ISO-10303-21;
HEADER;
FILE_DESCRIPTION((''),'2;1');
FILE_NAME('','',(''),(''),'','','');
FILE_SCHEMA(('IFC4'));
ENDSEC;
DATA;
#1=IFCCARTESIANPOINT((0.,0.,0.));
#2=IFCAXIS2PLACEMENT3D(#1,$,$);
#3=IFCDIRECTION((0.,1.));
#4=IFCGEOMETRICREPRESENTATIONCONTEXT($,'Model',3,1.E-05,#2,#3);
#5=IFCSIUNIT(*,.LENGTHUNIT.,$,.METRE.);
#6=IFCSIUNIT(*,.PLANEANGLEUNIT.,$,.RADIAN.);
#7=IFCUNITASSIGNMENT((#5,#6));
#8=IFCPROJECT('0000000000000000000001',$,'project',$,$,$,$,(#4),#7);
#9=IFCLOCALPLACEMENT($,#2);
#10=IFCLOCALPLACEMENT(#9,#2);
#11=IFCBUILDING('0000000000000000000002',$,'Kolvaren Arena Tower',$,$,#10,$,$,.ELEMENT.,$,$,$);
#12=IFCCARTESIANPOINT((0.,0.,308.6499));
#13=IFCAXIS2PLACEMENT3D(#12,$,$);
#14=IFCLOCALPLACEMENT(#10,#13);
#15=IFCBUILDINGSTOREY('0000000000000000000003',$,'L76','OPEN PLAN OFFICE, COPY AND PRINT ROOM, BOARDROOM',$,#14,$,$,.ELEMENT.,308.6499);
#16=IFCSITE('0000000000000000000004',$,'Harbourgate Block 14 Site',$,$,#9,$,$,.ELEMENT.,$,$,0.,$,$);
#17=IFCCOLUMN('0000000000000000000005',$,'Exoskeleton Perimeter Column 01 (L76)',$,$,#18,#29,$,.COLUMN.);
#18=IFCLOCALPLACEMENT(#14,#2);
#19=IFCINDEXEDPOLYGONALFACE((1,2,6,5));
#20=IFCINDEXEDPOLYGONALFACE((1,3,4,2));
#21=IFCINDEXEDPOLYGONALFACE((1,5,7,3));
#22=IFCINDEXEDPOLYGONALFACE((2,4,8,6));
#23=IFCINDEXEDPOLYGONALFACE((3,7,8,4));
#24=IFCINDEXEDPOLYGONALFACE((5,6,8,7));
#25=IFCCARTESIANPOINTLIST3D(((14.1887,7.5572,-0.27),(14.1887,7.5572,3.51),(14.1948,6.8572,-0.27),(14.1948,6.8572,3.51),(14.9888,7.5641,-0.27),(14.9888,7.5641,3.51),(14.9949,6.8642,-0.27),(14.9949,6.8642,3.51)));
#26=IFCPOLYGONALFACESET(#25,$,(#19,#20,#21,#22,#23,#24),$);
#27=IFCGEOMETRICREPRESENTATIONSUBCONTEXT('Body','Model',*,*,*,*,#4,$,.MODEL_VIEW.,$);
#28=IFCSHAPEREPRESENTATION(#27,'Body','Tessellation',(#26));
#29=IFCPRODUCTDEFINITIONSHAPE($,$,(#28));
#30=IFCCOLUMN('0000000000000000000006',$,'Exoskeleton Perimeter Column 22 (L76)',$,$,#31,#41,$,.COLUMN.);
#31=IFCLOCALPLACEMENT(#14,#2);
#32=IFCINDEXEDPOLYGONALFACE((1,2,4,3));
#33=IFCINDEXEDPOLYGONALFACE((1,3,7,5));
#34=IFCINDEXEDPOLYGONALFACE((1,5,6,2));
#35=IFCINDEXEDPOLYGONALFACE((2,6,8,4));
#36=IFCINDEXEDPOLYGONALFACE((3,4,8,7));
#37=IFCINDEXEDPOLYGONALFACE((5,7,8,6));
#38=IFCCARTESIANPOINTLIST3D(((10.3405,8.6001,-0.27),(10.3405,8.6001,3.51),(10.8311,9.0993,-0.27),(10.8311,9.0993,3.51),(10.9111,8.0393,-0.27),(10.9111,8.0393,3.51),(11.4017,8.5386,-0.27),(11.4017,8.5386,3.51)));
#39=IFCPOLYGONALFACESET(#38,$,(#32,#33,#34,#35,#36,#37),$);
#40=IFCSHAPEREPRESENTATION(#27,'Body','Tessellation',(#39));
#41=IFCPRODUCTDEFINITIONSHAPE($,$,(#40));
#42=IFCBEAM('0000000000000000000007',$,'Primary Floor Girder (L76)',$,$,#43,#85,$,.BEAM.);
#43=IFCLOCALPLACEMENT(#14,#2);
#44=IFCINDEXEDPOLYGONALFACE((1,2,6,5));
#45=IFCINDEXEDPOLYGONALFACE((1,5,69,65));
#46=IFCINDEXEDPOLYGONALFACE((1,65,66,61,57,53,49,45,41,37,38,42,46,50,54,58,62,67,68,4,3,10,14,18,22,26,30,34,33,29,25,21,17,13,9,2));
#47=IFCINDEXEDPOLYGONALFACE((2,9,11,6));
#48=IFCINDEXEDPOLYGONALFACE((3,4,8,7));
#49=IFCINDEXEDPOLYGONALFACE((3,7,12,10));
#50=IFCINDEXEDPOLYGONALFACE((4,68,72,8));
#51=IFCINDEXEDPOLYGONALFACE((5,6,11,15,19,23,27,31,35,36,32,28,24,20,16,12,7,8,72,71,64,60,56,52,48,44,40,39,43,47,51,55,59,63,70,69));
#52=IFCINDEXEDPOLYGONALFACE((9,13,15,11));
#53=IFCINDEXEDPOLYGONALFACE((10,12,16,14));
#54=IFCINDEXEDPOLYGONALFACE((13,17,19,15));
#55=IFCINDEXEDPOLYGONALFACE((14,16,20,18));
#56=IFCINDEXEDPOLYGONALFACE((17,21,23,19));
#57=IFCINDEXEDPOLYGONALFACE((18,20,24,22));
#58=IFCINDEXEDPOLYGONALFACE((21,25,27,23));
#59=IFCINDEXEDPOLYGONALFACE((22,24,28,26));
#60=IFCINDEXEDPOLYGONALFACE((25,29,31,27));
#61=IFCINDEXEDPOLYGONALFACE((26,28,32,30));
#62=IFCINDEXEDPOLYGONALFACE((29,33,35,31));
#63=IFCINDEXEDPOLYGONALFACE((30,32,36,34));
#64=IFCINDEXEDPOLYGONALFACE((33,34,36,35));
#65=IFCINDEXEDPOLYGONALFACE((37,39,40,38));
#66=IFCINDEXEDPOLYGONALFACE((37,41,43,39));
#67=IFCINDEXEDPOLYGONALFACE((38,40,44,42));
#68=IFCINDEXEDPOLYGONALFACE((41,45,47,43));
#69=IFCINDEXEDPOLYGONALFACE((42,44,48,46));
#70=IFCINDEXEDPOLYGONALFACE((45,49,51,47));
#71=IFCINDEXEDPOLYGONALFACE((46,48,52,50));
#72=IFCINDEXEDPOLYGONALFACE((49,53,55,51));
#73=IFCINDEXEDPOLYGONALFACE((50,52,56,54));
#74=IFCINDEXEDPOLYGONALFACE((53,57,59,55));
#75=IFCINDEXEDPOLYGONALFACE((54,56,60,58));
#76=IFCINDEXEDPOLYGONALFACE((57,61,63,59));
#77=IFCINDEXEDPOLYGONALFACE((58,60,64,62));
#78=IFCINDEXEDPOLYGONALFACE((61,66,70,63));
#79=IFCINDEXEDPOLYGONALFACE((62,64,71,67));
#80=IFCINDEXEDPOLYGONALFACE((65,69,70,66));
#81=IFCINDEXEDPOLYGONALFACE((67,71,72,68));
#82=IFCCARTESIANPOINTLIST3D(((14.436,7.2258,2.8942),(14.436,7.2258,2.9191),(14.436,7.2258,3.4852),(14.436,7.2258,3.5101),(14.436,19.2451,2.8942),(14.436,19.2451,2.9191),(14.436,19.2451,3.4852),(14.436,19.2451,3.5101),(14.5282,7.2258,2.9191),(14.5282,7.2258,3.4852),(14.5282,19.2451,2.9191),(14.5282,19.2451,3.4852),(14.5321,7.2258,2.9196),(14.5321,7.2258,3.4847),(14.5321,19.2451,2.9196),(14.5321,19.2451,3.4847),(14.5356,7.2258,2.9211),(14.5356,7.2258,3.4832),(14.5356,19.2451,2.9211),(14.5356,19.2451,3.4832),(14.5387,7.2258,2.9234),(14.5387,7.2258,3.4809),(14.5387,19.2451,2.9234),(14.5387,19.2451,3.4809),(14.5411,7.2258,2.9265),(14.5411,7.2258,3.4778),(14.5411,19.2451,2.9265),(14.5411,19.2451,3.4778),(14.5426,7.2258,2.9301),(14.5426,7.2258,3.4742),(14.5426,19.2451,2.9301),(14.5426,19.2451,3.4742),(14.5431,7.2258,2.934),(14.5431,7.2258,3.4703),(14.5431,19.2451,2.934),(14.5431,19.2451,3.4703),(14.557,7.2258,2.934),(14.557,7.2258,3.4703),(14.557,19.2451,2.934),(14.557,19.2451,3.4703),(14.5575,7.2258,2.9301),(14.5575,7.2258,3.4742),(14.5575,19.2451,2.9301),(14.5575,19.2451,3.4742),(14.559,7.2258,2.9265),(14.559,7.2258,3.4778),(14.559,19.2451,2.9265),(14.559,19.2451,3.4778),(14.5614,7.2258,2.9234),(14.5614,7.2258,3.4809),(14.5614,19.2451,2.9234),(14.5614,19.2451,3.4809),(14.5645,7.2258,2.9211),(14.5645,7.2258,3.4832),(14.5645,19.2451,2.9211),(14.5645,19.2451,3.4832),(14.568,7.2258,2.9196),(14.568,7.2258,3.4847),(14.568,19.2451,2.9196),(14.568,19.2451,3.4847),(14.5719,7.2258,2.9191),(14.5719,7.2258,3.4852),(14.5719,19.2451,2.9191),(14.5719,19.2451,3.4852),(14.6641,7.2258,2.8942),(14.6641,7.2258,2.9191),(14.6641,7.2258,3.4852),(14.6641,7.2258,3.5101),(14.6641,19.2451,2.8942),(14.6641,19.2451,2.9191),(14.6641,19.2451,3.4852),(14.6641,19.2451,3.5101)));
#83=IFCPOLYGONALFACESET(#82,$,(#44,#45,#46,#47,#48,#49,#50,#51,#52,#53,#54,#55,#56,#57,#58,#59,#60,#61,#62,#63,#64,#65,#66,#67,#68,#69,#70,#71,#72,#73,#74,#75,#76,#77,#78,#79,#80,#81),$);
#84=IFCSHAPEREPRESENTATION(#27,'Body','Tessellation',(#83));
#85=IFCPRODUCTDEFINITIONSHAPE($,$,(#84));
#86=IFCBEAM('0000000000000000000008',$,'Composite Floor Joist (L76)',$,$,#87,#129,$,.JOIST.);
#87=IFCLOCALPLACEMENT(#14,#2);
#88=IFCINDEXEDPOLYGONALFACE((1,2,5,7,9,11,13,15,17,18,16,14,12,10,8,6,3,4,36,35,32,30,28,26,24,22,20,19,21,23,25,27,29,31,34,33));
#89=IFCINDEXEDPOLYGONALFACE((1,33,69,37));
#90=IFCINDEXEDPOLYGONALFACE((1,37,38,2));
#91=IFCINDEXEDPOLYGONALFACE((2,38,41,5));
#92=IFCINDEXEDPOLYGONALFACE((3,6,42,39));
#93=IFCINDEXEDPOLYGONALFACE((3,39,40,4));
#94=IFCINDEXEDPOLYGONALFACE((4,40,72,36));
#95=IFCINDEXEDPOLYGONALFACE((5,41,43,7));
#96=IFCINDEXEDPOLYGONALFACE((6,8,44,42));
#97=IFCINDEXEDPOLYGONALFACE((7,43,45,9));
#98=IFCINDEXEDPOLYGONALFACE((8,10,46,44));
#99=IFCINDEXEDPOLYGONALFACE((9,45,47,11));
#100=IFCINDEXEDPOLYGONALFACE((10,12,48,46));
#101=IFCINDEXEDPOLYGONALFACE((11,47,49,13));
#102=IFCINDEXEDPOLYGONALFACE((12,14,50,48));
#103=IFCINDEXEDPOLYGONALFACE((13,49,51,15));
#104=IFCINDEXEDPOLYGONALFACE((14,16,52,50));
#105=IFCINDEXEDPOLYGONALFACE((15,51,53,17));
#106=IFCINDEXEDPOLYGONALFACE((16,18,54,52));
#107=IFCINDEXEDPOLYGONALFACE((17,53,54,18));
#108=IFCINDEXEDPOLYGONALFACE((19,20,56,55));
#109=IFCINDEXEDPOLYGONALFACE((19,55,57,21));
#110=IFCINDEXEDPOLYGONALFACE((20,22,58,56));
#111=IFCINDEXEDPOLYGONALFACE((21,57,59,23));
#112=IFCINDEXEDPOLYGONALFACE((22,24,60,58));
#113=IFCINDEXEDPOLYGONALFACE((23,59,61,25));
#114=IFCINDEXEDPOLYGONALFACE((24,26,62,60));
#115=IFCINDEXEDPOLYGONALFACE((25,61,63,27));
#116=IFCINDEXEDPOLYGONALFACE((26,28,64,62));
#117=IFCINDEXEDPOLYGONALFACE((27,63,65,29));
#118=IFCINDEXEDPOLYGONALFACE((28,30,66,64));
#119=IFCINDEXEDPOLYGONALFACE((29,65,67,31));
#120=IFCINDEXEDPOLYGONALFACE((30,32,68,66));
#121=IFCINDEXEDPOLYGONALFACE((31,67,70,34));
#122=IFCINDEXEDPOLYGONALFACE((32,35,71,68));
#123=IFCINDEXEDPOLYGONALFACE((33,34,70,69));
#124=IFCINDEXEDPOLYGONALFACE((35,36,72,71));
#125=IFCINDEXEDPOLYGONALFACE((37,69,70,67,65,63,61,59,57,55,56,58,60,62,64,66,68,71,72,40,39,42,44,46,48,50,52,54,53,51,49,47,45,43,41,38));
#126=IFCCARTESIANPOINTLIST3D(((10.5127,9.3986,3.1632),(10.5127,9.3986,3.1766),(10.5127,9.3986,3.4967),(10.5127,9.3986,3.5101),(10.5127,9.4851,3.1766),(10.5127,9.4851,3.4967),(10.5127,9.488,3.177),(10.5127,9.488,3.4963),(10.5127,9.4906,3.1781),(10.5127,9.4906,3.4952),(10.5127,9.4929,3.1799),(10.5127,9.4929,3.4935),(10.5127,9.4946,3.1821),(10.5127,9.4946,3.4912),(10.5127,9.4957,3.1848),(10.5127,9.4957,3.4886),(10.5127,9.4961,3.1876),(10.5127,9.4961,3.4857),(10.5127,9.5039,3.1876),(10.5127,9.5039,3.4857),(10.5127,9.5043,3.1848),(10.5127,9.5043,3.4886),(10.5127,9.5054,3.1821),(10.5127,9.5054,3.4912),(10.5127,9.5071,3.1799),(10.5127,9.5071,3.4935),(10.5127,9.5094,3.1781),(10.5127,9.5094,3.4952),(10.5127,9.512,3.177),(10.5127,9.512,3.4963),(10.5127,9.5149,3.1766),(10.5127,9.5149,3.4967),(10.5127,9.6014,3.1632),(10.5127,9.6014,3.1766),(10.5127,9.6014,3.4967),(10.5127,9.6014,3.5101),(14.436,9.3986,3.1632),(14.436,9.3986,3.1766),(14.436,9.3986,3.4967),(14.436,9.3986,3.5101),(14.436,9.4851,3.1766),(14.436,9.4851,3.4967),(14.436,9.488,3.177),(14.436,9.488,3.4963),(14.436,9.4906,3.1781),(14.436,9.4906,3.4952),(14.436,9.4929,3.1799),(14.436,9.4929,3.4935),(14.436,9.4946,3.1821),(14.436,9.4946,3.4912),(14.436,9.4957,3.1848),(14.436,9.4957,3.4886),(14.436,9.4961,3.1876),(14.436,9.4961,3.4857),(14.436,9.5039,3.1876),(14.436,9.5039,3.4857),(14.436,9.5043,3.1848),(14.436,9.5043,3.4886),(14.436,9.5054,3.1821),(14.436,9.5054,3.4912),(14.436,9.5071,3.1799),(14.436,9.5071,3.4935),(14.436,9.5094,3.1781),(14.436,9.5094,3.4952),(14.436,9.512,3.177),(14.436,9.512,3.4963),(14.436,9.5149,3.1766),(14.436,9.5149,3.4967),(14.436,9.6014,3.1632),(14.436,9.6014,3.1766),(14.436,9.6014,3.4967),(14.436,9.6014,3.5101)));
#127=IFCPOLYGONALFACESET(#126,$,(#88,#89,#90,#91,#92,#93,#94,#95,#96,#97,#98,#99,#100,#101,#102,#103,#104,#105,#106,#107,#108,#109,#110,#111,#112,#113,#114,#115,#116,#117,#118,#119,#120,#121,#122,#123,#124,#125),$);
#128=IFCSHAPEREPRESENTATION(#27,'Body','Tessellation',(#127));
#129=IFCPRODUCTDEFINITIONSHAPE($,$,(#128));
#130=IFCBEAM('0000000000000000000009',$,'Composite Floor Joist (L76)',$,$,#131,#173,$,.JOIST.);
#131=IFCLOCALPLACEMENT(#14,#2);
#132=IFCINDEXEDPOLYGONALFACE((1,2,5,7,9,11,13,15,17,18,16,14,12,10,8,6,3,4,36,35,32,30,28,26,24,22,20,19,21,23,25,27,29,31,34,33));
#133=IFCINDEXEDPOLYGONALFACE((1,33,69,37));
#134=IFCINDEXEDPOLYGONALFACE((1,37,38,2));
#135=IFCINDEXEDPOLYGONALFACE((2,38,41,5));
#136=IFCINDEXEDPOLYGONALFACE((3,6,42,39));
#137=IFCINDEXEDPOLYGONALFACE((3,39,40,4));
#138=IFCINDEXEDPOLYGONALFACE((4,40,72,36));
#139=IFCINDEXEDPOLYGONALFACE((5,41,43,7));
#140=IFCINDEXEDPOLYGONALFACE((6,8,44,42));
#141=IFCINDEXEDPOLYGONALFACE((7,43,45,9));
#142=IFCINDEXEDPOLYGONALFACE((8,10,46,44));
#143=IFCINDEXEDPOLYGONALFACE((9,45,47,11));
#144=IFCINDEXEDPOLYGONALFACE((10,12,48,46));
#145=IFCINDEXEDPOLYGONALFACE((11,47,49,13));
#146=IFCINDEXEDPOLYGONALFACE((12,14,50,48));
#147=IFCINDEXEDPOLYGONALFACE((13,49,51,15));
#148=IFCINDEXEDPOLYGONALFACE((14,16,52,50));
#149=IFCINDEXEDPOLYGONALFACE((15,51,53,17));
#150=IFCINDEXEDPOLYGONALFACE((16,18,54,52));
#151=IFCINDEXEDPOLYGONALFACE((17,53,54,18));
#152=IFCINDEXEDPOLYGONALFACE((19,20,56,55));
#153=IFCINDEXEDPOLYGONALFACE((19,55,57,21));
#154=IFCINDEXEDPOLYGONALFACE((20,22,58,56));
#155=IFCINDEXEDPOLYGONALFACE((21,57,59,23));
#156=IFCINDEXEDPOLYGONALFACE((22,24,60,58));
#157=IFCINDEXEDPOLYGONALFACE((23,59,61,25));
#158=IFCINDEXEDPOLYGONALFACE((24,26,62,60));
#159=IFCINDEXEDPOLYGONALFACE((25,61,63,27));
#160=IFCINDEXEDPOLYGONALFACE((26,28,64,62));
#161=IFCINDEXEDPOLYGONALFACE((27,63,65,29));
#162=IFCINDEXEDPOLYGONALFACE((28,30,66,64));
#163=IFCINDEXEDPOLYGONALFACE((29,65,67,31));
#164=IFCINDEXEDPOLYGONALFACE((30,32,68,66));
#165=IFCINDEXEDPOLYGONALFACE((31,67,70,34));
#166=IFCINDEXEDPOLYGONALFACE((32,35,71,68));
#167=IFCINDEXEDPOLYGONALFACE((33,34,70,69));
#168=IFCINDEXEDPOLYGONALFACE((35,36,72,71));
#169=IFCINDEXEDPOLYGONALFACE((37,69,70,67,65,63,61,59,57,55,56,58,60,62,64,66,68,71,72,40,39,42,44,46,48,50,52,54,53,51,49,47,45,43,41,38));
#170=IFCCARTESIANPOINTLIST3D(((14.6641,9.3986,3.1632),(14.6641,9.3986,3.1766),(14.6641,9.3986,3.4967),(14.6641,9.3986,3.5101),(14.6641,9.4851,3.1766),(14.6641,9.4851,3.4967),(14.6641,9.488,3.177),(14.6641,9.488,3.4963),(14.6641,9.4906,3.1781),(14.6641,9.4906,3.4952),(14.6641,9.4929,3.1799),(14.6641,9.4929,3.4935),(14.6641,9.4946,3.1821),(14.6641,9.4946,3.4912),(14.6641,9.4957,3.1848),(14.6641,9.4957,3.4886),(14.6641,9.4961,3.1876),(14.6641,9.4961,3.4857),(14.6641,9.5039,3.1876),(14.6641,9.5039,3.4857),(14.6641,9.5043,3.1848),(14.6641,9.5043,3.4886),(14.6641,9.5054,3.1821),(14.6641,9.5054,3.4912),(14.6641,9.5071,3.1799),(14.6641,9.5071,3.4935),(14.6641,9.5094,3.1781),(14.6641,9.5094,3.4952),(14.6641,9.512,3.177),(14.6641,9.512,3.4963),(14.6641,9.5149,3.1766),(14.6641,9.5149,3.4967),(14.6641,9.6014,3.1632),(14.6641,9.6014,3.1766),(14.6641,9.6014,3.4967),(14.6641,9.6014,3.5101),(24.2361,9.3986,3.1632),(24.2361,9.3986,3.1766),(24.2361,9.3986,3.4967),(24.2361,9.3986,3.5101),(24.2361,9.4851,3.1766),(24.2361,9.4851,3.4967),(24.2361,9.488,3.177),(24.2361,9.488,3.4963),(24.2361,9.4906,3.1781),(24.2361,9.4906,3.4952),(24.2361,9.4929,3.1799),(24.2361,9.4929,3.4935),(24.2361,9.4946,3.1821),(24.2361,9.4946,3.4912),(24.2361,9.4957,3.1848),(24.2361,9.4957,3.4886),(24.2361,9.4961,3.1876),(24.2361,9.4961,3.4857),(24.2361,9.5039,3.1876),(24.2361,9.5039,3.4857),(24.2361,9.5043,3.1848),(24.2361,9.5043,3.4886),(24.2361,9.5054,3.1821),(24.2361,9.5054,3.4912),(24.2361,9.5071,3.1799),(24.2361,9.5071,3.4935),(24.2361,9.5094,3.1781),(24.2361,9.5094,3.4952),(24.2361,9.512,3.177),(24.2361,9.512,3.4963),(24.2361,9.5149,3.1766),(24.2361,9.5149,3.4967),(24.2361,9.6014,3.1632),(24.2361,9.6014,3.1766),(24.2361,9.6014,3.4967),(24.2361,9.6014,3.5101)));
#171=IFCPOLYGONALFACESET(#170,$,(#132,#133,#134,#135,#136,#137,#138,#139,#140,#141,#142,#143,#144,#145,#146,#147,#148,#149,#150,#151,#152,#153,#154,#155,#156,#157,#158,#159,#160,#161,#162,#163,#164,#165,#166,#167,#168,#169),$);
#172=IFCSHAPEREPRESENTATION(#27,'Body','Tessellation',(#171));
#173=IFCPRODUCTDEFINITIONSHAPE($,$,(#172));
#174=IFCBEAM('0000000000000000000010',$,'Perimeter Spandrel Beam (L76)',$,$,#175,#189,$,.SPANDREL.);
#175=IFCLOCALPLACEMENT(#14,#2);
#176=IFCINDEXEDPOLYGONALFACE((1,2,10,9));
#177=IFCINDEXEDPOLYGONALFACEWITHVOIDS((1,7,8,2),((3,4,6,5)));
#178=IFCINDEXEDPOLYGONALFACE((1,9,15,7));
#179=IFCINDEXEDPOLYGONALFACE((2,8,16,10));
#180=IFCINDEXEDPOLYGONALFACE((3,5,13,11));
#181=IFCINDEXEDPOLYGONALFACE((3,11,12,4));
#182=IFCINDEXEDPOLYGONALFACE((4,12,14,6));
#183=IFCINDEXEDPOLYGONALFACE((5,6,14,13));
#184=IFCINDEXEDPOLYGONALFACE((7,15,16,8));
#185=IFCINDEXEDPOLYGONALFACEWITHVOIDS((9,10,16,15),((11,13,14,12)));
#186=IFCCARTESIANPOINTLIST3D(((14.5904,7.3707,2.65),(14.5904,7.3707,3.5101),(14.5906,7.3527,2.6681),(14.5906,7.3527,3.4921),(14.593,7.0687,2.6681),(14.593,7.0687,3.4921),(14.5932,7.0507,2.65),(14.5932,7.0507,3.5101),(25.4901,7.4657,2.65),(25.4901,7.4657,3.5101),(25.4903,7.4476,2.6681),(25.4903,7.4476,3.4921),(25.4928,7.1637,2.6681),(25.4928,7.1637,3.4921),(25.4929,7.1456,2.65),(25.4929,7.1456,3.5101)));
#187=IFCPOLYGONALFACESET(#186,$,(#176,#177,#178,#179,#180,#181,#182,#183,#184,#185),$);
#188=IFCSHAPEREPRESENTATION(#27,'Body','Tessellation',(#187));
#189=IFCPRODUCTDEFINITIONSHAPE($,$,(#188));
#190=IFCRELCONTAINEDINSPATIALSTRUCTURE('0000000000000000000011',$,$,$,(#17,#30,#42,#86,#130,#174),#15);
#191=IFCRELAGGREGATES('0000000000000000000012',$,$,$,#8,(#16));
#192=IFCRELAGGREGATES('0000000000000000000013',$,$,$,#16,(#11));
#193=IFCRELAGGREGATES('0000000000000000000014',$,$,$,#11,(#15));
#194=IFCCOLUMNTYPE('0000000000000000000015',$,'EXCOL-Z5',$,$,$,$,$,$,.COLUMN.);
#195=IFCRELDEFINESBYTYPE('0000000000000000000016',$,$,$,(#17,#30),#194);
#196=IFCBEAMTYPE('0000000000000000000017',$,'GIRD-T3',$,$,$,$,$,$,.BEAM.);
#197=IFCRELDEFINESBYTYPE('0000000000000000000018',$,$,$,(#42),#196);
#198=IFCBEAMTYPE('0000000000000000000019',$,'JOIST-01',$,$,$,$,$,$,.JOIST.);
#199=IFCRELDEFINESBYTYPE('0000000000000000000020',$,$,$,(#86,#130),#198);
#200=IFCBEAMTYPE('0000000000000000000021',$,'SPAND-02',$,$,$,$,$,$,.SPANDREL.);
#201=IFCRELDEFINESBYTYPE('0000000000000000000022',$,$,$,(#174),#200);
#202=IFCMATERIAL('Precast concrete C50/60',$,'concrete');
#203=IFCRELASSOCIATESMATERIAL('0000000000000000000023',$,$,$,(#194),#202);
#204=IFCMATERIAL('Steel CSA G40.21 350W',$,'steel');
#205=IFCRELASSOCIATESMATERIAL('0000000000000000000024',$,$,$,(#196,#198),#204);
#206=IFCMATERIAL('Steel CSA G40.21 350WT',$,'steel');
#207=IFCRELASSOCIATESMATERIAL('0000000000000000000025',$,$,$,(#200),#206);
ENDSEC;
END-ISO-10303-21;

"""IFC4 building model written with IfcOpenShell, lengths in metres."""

from ifc_helpers import new_model, si_unit, direction, frame, origin, origin_2d, place, context, subcontext, project, spatial, rectangle, hollow_rectangle, i_section, extrude, material, material_profile, profile_set, type_object, element, save


model = new_model("IFC4")

# Units and contexts
model_context = context("Model", 3, precision=1e-05, world=origin(), true_north=direction((0.0, 1.0)))
body_context = subcontext(model_context, "Body", "Model", "MODEL_VIEW")
ifc_project = project(units=[si_unit("LENGTHUNIT", "METRE"), si_unit("PLANEANGLEUNIT", "RADIAN")], contexts=[model_context])

# Site, building, storey
site_placement = place(None, origin())
site = spatial("IfcSite", under=ifc_project, at=site_placement, Name="Harbourgate Block 14 Site", CompositionType="ELEMENT", RefElevation=0.0)
building_placement = place(site_placement, origin())
building = spatial("IfcBuilding", under=site, at=building_placement, Name="Kolvaren Arena Tower", CompositionType="ELEMENT")
storey_placement = place(building_placement, frame((0.0, 0.0, 308.6499)))
storey = spatial("IfcBuildingStorey", under=building, at=storey_placement, Name="L76", Description="OPEN PLAN OFFICE, COPY AND PRINT ROOM, BOARDROOM", CompositionType="ELEMENT", Elevation=308.6499)

# Columns
ifc_material_1 = material(Name="Precast concrete C50/60", Category="concrete")
ifc_material_profile_1 = material_profile(ifc_material_1, rectangle(XDim=0.8, YDim=0.7, at=origin_2d()), Name="RC-800x700")
ifc_profile_set_1 = profile_set([ifc_material_profile_1], Name="Precast concrete C50/60")
column_type = type_object("IfcColumnType", Name="EXCOL-Z5", PredefinedType="COLUMN", material=ifc_profile_set_1)
for number, where, z_axis, x_axis, name in (
    (1, (14.5918, 7.2107, -0.27), (0.0, 0.0, 1.0), (0.999962, 0.008727, 0.0), "Exoskeleton Perimeter Column 01 (L76)"),
    (2, (10.8711, 8.5693, -0.27), (0.0, 0.0, 1.0), (-0.71325, 0.700909, 0.0), "Exoskeleton Perimeter Column 22 (L76)"),
):
    element("IfcColumn", number, at=place(storey_placement, frame(where, z_axis=z_axis, x_axis=x_axis)), inside=storey, type_object=column_type, Name=name, PredefinedType="COLUMN", context=body_context, shape_type="SweptSolid", body=[
        extrude(rectangle(XDim=0.8, YDim=0.7, at=origin_2d()), origin(), (0.0, 0.0, 1.0), 3.78),
    ])

# Beams
ifc_material_2 = material(Name="Steel CSA G40.21 350W", Category="steel")
ifc_material_profile_2 = material_profile(ifc_material_2, i_section(OverallWidth=0.228, OverallDepth=0.616, WebThickness=0.0139, FlangeThickness=0.0249, FilletRadius=0.0149, at=origin_2d()), Name="W610x174")
ifc_profile_set_2 = profile_set([ifc_material_profile_2], Name="Steel CSA G40.21 350W")
beam_type_1 = type_object("IfcBeamType", Name="GIRD-T3", PredefinedType="BEAM", material=ifc_profile_set_2)
beam_1_placement = place(storey_placement, frame((14.55, 7.2258, 3.2021), z_axis=(0.0, 1.0, 0.0), x_axis=(-1.0, 0.0, 0.0)))
element("IfcBeam", 3, at=beam_1_placement, inside=storey, type_object=beam_type_1, Name="Primary Floor Girder (L76)", PredefinedType="BEAM", context=body_context, shape_type="SweptSolid", body=[
    extrude(i_section(OverallWidth=0.228, OverallDepth=0.616, WebThickness=0.0139, FlangeThickness=0.0249, FilletRadius=0.0149, at=origin_2d()), origin(), (0.0, 0.0, 1.0), 12.0193),
])
ifc_material_profile_3 = material_profile(ifc_material_2, i_section(OverallWidth=0.2029, OverallDepth=0.3469, WebThickness=0.0078, FlangeThickness=0.0134, FilletRadius=0.011, at=origin_2d()), Name="W360x64")
ifc_profile_set_3 = profile_set([ifc_material_profile_3], Name="Steel CSA G40.21 350W")
beam_type_2 = type_object("IfcBeamType", Name="JOIST-01", PredefinedType="JOIST", material=ifc_profile_set_3)
beam_2_placement = place(storey_placement, frame((10.5127, 9.5, 3.3367), z_axis=(1.0, 0.0, 0.0), x_axis=(0.0, 1.0, 0.0)))
element("IfcBeam", 4, at=beam_2_placement, inside=storey, type_object=beam_type_2, Name="Composite Floor Joist (L76)", PredefinedType="JOIST", context=body_context, shape_type="SweptSolid", body=[
    extrude(i_section(OverallWidth=0.2029, OverallDepth=0.3469, WebThickness=0.0078, FlangeThickness=0.0134, FilletRadius=0.011, at=origin_2d()), origin(), (0.0, 0.0, 1.0), 3.9233),
])
beam_3_placement = place(storey_placement, frame((14.6641, 9.5, 3.3367), z_axis=(1.0, 0.0, 0.0), x_axis=(0.0, 1.0, 0.0)))
element("IfcBeam", 5, at=beam_3_placement, inside=storey, type_object=beam_type_2, Name="Composite Floor Joist (L76)", PredefinedType="JOIST", context=body_context, shape_type="SweptSolid", body=[
    extrude(i_section(OverallWidth=0.2029, OverallDepth=0.3469, WebThickness=0.0078, FlangeThickness=0.0134, FilletRadius=0.011, at=origin_2d()), origin(), (0.0, 0.0, 1.0), 9.572),
])
ifc_material_3 = material(Name="Steel CSA G40.21 350WT", Category="steel")
ifc_material_profile_4 = material_profile(ifc_material_3, hollow_rectangle(XDim=0.3201, YDim=0.8601, WallThickness=0.0181, at=origin_2d()), Name="HSS 860x320x18")
ifc_profile_set_4 = profile_set([ifc_material_profile_4], Name="Steel CSA G40.21 350WT")
beam_type_3 = type_object("IfcBeamType", Name="SPAND-02", PredefinedType="SPANDREL", material=ifc_profile_set_4)
beam_4_placement = place(storey_placement, frame((14.5918, 7.2107, 3.0801), z_axis=(0.999962, 0.008713, 0.0), x_axis=(-0.008713, 0.999962, 0.0)))
element("IfcBeam", 6, at=beam_4_placement, inside=storey, type_object=beam_type_3, Name="Perimeter Spandrel Beam (L76)", PredefinedType="SPANDREL", context=body_context, shape_type="SweptSolid", body=[
    extrude(hollow_rectangle(XDim=0.3201, YDim=0.8601, WallThickness=0.0181, at=origin_2d()), origin(), (0.0, 0.0, 1.0), 10.9001),
])

save(model, "model.ifc")
